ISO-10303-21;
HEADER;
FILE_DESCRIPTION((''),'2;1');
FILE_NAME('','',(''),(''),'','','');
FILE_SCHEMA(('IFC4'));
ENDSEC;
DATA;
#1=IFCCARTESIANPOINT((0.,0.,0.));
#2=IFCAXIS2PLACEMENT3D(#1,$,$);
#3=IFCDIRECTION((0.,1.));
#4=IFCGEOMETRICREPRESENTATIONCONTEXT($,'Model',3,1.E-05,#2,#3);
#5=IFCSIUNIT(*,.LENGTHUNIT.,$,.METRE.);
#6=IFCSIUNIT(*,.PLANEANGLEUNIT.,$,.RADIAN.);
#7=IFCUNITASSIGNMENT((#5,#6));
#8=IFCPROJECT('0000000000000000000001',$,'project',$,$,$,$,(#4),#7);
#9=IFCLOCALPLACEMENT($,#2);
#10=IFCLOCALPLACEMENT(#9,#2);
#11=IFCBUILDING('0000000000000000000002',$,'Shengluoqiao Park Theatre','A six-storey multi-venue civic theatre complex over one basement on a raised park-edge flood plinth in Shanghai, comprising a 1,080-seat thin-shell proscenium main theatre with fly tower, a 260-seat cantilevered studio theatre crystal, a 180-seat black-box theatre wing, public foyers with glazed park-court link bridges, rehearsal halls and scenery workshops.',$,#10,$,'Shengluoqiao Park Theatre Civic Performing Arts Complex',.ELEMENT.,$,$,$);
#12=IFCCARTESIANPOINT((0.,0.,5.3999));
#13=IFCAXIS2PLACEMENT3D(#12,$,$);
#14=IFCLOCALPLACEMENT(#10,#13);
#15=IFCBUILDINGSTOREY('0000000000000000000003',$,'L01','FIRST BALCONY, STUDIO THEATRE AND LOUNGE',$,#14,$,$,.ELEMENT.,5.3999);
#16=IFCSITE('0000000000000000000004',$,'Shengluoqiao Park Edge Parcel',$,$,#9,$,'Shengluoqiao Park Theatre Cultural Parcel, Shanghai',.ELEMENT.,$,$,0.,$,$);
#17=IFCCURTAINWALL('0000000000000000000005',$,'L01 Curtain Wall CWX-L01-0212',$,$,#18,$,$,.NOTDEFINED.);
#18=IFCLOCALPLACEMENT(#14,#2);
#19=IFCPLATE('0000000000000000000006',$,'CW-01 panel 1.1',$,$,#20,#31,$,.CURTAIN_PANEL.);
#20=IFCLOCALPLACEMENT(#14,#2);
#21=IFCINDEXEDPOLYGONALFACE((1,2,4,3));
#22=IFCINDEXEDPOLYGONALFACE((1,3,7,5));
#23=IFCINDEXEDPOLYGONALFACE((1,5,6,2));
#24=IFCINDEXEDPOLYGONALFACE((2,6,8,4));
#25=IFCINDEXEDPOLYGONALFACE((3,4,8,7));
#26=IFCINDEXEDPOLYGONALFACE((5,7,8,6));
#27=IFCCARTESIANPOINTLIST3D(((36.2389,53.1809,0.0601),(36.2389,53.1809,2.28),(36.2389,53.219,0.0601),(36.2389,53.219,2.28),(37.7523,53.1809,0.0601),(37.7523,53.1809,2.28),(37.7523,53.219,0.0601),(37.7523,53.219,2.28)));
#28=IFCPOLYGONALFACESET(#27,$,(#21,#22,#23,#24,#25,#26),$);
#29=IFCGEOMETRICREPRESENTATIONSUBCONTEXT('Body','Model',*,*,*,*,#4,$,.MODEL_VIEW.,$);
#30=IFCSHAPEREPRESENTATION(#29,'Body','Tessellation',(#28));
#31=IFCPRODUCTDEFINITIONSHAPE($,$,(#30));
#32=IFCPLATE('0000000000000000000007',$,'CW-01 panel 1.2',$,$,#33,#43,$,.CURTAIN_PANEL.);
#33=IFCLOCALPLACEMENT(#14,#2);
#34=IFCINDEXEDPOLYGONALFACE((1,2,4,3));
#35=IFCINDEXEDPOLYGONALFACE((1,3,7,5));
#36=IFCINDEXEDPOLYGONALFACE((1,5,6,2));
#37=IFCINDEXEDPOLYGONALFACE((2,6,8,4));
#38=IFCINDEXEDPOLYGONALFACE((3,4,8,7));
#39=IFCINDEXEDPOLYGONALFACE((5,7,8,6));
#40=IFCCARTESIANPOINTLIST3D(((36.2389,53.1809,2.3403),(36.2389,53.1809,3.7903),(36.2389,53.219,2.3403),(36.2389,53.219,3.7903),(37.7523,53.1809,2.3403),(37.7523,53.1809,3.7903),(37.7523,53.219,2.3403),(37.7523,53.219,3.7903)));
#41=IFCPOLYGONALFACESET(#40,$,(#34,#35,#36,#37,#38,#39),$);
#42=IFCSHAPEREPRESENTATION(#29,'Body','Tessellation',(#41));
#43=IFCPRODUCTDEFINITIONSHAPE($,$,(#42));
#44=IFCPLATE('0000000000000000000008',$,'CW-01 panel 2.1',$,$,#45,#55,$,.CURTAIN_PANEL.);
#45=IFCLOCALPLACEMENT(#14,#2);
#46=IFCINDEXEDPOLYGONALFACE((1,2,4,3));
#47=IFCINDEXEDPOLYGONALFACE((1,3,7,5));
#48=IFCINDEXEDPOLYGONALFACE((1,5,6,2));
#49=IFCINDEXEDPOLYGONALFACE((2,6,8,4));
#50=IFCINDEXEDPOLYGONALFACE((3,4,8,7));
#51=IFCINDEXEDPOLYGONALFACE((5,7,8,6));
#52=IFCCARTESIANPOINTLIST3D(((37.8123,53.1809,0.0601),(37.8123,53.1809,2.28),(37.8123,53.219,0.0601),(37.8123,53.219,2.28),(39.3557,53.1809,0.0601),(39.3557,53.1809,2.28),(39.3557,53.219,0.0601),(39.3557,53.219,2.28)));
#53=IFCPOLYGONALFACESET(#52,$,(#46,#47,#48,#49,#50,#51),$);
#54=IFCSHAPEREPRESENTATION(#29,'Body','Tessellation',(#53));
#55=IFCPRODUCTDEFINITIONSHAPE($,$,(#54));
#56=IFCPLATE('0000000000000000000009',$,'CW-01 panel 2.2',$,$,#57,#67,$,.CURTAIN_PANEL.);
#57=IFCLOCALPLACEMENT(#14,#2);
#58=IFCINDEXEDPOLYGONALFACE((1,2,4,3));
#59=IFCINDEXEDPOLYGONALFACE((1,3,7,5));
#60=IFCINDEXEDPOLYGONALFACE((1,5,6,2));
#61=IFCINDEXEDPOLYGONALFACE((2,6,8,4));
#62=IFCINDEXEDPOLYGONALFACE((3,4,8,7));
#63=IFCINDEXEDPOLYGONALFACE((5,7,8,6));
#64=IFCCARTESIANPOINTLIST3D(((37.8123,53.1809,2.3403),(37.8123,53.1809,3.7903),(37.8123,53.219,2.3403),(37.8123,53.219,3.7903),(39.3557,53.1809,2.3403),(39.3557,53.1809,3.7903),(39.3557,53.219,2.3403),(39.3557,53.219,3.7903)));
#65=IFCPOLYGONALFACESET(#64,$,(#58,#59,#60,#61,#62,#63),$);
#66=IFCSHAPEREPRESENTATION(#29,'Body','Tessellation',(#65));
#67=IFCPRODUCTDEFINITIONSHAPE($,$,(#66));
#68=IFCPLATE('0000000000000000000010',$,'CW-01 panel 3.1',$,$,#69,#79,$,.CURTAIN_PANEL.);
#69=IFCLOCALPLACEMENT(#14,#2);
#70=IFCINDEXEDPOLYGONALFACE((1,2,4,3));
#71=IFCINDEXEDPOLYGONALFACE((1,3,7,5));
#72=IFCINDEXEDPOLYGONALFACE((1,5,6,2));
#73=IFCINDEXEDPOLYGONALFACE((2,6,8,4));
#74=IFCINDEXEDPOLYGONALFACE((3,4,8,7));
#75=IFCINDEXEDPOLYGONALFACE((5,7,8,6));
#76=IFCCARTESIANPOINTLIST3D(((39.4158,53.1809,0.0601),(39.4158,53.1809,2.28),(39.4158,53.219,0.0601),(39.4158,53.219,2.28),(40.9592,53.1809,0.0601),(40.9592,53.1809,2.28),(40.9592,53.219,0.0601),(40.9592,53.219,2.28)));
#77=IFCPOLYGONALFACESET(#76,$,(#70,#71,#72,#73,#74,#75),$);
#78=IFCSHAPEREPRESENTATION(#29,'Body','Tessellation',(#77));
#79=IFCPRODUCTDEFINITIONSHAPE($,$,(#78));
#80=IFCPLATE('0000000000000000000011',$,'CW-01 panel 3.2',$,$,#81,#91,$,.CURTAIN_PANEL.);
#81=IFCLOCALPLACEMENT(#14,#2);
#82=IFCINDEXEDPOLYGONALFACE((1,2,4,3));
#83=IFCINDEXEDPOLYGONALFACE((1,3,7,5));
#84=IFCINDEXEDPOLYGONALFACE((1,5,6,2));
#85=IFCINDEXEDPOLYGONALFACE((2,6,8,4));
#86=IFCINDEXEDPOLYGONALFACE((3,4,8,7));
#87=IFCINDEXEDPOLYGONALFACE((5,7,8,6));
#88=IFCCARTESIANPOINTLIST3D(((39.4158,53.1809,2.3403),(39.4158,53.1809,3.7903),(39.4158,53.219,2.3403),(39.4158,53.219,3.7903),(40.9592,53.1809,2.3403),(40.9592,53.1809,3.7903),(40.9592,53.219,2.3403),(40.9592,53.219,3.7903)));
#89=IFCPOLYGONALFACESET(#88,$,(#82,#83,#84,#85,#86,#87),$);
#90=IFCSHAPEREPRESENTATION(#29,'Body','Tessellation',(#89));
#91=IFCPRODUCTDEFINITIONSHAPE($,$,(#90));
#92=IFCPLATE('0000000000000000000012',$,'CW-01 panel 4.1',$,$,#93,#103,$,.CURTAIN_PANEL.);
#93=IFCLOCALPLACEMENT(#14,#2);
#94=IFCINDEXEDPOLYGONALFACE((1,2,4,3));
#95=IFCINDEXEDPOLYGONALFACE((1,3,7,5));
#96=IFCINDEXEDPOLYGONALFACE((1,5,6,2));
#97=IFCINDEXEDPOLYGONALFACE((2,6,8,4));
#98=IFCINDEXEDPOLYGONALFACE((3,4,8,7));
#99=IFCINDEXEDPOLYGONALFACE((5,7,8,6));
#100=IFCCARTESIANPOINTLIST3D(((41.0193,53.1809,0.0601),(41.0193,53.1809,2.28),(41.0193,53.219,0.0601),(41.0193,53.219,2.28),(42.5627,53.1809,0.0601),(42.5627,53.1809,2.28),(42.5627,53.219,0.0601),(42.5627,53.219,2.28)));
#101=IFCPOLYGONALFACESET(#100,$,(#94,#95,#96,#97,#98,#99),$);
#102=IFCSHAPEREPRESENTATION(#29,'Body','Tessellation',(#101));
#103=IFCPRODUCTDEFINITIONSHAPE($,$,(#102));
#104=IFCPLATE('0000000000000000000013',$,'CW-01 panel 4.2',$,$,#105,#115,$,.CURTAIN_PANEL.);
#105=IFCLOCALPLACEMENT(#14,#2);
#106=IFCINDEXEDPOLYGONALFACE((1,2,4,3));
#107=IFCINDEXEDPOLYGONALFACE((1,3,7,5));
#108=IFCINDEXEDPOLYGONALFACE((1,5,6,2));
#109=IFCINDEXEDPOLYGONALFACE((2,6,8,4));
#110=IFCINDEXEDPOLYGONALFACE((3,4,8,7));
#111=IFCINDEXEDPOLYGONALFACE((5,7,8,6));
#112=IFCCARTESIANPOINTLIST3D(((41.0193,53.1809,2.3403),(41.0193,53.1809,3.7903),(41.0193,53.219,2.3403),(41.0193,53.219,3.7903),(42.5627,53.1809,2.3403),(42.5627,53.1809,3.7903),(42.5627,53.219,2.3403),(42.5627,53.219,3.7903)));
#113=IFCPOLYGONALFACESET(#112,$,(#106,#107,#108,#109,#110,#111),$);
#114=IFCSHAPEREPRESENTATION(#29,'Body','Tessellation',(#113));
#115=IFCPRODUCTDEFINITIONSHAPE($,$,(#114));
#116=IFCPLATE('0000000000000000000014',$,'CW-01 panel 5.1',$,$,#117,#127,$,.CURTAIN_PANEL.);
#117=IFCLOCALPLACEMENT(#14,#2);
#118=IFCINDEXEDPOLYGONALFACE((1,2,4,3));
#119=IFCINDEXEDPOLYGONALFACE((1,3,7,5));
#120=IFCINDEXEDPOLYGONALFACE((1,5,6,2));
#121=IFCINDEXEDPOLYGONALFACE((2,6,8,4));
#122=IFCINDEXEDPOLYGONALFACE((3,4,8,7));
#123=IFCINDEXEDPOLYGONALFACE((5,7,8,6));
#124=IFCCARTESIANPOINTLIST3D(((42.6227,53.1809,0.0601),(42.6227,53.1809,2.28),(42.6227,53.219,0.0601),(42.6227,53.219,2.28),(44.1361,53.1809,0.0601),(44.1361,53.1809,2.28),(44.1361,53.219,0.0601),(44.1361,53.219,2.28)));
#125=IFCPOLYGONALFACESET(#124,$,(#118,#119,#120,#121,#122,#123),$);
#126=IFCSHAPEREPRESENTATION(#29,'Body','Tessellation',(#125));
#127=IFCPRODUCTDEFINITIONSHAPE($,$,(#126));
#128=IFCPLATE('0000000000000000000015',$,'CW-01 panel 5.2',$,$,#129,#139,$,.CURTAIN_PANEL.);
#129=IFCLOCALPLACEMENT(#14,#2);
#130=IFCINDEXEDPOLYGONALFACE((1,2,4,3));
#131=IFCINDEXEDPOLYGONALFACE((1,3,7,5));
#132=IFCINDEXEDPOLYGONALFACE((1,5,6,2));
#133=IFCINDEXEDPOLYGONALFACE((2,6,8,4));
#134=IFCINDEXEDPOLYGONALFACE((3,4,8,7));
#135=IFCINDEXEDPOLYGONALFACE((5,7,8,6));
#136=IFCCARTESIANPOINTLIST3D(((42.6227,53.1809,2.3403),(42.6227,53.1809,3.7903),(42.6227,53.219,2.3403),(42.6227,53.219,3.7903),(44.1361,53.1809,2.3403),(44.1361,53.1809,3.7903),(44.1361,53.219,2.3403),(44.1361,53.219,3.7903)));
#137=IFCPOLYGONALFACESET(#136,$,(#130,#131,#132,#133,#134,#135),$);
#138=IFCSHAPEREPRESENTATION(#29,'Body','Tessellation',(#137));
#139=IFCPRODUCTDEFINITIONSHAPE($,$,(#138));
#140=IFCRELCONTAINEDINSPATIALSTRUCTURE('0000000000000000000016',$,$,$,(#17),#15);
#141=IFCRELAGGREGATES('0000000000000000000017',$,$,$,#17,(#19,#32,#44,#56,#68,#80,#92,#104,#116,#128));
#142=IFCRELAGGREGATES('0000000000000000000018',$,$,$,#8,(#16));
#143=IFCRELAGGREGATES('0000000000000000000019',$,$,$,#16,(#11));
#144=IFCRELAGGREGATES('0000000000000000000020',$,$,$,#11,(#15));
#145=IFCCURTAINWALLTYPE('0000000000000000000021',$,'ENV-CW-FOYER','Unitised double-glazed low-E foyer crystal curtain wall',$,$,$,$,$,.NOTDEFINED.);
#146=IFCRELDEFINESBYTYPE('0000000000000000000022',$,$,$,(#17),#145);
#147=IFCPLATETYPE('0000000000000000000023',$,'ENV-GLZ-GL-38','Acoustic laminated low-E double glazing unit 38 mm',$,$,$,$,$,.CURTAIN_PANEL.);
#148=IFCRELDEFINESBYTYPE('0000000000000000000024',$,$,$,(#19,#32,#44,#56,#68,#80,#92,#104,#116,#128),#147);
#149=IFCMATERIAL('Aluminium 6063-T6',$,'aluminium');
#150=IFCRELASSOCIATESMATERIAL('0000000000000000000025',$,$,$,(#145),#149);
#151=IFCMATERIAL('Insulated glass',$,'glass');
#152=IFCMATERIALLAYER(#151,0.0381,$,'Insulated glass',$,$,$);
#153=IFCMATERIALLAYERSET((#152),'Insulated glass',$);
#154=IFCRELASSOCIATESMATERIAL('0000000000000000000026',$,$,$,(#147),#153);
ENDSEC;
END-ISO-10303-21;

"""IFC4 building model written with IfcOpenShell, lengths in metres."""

from ifc_helpers import new_model, si_unit, direction, frame, origin, origin_2d, place, context, subcontext, project, spatial, rectangle, extrude, material, layer, layer_set, type_object, element, aggregate, save


model = new_model("IFC4")

# Units and contexts
model_context = context("Model", 3, precision=1e-05, world=origin(), true_north=direction((0.0, 1.0)))
body_context = subcontext(model_context, "Body", "Model", "MODEL_VIEW")
ifc_project = project(units=[si_unit("LENGTHUNIT", "METRE"), si_unit("PLANEANGLEUNIT", "RADIAN")], contexts=[model_context])

# Site, building, storey
site_placement = place(None, origin())
site = spatial("IfcSite", under=ifc_project, at=site_placement, Name="Shengluoqiao Park Edge Parcel", LongName="Shengluoqiao Park Theatre Cultural Parcel, Shanghai", CompositionType="ELEMENT", RefElevation=0.0)
building_placement = place(site_placement, origin())
building = spatial("IfcBuilding", under=site, at=building_placement, Name="Shengluoqiao Park Theatre", Description="A six-storey multi-venue civic theatre complex over one basement on a raised park-edge flood plinth in Shanghai, comprising a 1,080-seat thin-shell proscenium main theatre with fly tower, a 260-seat cantilevered studio theatre crystal, a 180-seat black-box theatre wing, public foyers with glazed park-court link bridges, rehearsal halls and scenery workshops.", LongName="Shengluoqiao Park Theatre Civic Performing Arts Complex", CompositionType="ELEMENT")
storey_placement = place(building_placement, frame((0.0, 0.0, 5.3999)))
storey = spatial("IfcBuildingStorey", under=building, at=storey_placement, Name="L01", Description="FIRST BALCONY, STUDIO THEATRE AND LOUNGE", CompositionType="ELEMENT", Elevation=5.3999)

# Curtain wall
ifc_material_1 = material(Name="Aluminium 6063-T6", Category="aluminium")
curtain_wall_type = type_object("IfcCurtainWallType", Name="ENV-CW-FOYER", Description="Unitised double-glazed low-E foyer crystal curtain wall", PredefinedType="NOTDEFINED", material=ifc_material_1)
curtain_wall_placement = place(storey_placement, origin())
curtain_wall = element("IfcCurtainWall", 1, at=curtain_wall_placement, inside=storey, type_object=curtain_wall_type, Name="L01 Curtain Wall CWX-L01-0212", PredefinedType="NOTDEFINED")

# Plates
ifc_material_2 = material(Name="Insulated glass", Category="glass")
ifc_layer = layer(ifc_material_2, 0.0381, Name="Insulated glass")
ifc_layer_set = layer_set([ifc_layer], Name="Insulated glass")
plate_type = type_object("IfcPlateType", Name="ENV-GLZ-GL-38", Description="Acoustic laminated low-E double glazing unit 38 mm", PredefinedType="CURTAIN_PANEL", material=ifc_layer_set)
plate_1_placement = place(storey_placement, frame((36.9956, 53.2, 0.0601), z_axis=(0.0, 0.0, 1.0), x_axis=(1.0, 0.0, 0.0)))
plate_1 = element("IfcPlate", 2, at=plate_1_placement, type_object=plate_type, Name="CW-01 panel 1.1", PredefinedType="CURTAIN_PANEL", context=body_context, shape_type="SweptSolid", body=[
    extrude(rectangle(XDim=1.5134, YDim=0.0381, at=origin_2d()), origin(), (0.0, 0.0, 1.0), 2.22),
])
plate_2_placement = place(storey_placement, frame((36.9956, 53.2, 2.3403), z_axis=(0.0, 0.0, 1.0), x_axis=(1.0, 0.0, 0.0)))
plate_2 = element("IfcPlate", 3, at=plate_2_placement, type_object=plate_type, Name="CW-01 panel 1.2", PredefinedType="CURTAIN_PANEL", context=body_context, shape_type="SweptSolid", body=[
    extrude(rectangle(XDim=1.5134, YDim=0.0381, at=origin_2d()), origin(), (0.0, 0.0, 1.0), 1.45),
])
plate_3_placement = place(storey_placement, frame((38.584, 53.2, 0.0601), z_axis=(0.0, 0.0, 1.0), x_axis=(1.0, 0.0, 0.0)))
plate_3 = element("IfcPlate", 4, at=plate_3_placement, type_object=plate_type, Name="CW-01 panel 2.1", PredefinedType="CURTAIN_PANEL", context=body_context, shape_type="SweptSolid", body=[
    extrude(rectangle(XDim=1.5435, YDim=0.0381, at=origin_2d()), origin(), (0.0, 0.0, 1.0), 2.22),
])
plate_4_placement = place(storey_placement, frame((38.584, 53.2, 2.3403), z_axis=(0.0, 0.0, 1.0), x_axis=(1.0, 0.0, 0.0)))
plate_4 = element("IfcPlate", 5, at=plate_4_placement, type_object=plate_type, Name="CW-01 panel 2.2", PredefinedType="CURTAIN_PANEL", context=body_context, shape_type="SweptSolid", body=[
    extrude(rectangle(XDim=1.5435, YDim=0.0381, at=origin_2d()), origin(), (0.0, 0.0, 1.0), 1.45),
])
plate_5_placement = place(storey_placement, frame((40.1875, 53.2, 0.0601), z_axis=(0.0, 0.0, 1.0), x_axis=(1.0, 0.0, 0.0)))
plate_5 = element("IfcPlate", 6, at=plate_5_placement, type_object=plate_type, Name="CW-01 panel 3.1", PredefinedType="CURTAIN_PANEL", context=body_context, shape_type="SweptSolid", body=[
    extrude(rectangle(XDim=1.5435, YDim=0.0381, at=origin_2d()), origin(), (0.0, 0.0, 1.0), 2.22),
])
plate_6_placement = place(storey_placement, frame((40.1875, 53.2, 2.3403), z_axis=(0.0, 0.0, 1.0), x_axis=(1.0, 0.0, 0.0)))
plate_6 = element("IfcPlate", 7, at=plate_6_placement, type_object=plate_type, Name="CW-01 panel 3.2", PredefinedType="CURTAIN_PANEL", context=body_context, shape_type="SweptSolid", body=[
    extrude(rectangle(XDim=1.5435, YDim=0.0381, at=origin_2d()), origin(), (0.0, 0.0, 1.0), 1.45),
])
plate_7_placement = place(storey_placement, frame((41.791, 53.2, 0.0601), z_axis=(0.0, 0.0, 1.0), x_axis=(1.0, 0.0, 0.0)))
plate_7 = element("IfcPlate", 8, at=plate_7_placement, type_object=plate_type, Name="CW-01 panel 4.1", PredefinedType="CURTAIN_PANEL", context=body_context, shape_type="SweptSolid", body=[
    extrude(rectangle(XDim=1.5435, YDim=0.0381, at=origin_2d()), origin(), (0.0, 0.0, 1.0), 2.22),
])
plate_8_placement = place(storey_placement, frame((41.791, 53.2, 2.3403), z_axis=(0.0, 0.0, 1.0), x_axis=(1.0, 0.0, 0.0)))
plate_8 = element("IfcPlate", 9, at=plate_8_placement, type_object=plate_type, Name="CW-01 panel 4.2", PredefinedType="CURTAIN_PANEL", context=body_context, shape_type="SweptSolid", body=[
    extrude(rectangle(XDim=1.5435, YDim=0.0381, at=origin_2d()), origin(), (0.0, 0.0, 1.0), 1.45),
])
plate_9_placement = place(storey_placement, frame((43.3794, 53.2, 0.0601), z_axis=(0.0, 0.0, 1.0), x_axis=(1.0, 0.0, 0.0)))
plate_9 = element("IfcPlate", 10, at=plate_9_placement, type_object=plate_type, Name="CW-01 panel 5.1", PredefinedType="CURTAIN_PANEL", context=body_context, shape_type="SweptSolid", body=[
    extrude(rectangle(XDim=1.5134, YDim=0.0381, at=origin_2d()), origin(), (0.0, 0.0, 1.0), 2.22),
])
plate_10_placement = place(storey_placement, frame((43.3794, 53.2, 2.3403), z_axis=(0.0, 0.0, 1.0), x_axis=(1.0, 0.0, 0.0)))
plate_10 = element("IfcPlate", 11, at=plate_10_placement, type_object=plate_type, Name="CW-01 panel 5.2", PredefinedType="CURTAIN_PANEL", context=body_context, shape_type="SweptSolid", body=[
    extrude(rectangle(XDim=1.5134, YDim=0.0381, at=origin_2d()), origin(), (0.0, 0.0, 1.0), 1.45),
])
aggregate(curtain_wall, [plate_1, plate_2, plate_3, plate_4, plate_5, plate_6, plate_7, plate_8, plate_9, plate_10])

save(model, "model.ifc")
